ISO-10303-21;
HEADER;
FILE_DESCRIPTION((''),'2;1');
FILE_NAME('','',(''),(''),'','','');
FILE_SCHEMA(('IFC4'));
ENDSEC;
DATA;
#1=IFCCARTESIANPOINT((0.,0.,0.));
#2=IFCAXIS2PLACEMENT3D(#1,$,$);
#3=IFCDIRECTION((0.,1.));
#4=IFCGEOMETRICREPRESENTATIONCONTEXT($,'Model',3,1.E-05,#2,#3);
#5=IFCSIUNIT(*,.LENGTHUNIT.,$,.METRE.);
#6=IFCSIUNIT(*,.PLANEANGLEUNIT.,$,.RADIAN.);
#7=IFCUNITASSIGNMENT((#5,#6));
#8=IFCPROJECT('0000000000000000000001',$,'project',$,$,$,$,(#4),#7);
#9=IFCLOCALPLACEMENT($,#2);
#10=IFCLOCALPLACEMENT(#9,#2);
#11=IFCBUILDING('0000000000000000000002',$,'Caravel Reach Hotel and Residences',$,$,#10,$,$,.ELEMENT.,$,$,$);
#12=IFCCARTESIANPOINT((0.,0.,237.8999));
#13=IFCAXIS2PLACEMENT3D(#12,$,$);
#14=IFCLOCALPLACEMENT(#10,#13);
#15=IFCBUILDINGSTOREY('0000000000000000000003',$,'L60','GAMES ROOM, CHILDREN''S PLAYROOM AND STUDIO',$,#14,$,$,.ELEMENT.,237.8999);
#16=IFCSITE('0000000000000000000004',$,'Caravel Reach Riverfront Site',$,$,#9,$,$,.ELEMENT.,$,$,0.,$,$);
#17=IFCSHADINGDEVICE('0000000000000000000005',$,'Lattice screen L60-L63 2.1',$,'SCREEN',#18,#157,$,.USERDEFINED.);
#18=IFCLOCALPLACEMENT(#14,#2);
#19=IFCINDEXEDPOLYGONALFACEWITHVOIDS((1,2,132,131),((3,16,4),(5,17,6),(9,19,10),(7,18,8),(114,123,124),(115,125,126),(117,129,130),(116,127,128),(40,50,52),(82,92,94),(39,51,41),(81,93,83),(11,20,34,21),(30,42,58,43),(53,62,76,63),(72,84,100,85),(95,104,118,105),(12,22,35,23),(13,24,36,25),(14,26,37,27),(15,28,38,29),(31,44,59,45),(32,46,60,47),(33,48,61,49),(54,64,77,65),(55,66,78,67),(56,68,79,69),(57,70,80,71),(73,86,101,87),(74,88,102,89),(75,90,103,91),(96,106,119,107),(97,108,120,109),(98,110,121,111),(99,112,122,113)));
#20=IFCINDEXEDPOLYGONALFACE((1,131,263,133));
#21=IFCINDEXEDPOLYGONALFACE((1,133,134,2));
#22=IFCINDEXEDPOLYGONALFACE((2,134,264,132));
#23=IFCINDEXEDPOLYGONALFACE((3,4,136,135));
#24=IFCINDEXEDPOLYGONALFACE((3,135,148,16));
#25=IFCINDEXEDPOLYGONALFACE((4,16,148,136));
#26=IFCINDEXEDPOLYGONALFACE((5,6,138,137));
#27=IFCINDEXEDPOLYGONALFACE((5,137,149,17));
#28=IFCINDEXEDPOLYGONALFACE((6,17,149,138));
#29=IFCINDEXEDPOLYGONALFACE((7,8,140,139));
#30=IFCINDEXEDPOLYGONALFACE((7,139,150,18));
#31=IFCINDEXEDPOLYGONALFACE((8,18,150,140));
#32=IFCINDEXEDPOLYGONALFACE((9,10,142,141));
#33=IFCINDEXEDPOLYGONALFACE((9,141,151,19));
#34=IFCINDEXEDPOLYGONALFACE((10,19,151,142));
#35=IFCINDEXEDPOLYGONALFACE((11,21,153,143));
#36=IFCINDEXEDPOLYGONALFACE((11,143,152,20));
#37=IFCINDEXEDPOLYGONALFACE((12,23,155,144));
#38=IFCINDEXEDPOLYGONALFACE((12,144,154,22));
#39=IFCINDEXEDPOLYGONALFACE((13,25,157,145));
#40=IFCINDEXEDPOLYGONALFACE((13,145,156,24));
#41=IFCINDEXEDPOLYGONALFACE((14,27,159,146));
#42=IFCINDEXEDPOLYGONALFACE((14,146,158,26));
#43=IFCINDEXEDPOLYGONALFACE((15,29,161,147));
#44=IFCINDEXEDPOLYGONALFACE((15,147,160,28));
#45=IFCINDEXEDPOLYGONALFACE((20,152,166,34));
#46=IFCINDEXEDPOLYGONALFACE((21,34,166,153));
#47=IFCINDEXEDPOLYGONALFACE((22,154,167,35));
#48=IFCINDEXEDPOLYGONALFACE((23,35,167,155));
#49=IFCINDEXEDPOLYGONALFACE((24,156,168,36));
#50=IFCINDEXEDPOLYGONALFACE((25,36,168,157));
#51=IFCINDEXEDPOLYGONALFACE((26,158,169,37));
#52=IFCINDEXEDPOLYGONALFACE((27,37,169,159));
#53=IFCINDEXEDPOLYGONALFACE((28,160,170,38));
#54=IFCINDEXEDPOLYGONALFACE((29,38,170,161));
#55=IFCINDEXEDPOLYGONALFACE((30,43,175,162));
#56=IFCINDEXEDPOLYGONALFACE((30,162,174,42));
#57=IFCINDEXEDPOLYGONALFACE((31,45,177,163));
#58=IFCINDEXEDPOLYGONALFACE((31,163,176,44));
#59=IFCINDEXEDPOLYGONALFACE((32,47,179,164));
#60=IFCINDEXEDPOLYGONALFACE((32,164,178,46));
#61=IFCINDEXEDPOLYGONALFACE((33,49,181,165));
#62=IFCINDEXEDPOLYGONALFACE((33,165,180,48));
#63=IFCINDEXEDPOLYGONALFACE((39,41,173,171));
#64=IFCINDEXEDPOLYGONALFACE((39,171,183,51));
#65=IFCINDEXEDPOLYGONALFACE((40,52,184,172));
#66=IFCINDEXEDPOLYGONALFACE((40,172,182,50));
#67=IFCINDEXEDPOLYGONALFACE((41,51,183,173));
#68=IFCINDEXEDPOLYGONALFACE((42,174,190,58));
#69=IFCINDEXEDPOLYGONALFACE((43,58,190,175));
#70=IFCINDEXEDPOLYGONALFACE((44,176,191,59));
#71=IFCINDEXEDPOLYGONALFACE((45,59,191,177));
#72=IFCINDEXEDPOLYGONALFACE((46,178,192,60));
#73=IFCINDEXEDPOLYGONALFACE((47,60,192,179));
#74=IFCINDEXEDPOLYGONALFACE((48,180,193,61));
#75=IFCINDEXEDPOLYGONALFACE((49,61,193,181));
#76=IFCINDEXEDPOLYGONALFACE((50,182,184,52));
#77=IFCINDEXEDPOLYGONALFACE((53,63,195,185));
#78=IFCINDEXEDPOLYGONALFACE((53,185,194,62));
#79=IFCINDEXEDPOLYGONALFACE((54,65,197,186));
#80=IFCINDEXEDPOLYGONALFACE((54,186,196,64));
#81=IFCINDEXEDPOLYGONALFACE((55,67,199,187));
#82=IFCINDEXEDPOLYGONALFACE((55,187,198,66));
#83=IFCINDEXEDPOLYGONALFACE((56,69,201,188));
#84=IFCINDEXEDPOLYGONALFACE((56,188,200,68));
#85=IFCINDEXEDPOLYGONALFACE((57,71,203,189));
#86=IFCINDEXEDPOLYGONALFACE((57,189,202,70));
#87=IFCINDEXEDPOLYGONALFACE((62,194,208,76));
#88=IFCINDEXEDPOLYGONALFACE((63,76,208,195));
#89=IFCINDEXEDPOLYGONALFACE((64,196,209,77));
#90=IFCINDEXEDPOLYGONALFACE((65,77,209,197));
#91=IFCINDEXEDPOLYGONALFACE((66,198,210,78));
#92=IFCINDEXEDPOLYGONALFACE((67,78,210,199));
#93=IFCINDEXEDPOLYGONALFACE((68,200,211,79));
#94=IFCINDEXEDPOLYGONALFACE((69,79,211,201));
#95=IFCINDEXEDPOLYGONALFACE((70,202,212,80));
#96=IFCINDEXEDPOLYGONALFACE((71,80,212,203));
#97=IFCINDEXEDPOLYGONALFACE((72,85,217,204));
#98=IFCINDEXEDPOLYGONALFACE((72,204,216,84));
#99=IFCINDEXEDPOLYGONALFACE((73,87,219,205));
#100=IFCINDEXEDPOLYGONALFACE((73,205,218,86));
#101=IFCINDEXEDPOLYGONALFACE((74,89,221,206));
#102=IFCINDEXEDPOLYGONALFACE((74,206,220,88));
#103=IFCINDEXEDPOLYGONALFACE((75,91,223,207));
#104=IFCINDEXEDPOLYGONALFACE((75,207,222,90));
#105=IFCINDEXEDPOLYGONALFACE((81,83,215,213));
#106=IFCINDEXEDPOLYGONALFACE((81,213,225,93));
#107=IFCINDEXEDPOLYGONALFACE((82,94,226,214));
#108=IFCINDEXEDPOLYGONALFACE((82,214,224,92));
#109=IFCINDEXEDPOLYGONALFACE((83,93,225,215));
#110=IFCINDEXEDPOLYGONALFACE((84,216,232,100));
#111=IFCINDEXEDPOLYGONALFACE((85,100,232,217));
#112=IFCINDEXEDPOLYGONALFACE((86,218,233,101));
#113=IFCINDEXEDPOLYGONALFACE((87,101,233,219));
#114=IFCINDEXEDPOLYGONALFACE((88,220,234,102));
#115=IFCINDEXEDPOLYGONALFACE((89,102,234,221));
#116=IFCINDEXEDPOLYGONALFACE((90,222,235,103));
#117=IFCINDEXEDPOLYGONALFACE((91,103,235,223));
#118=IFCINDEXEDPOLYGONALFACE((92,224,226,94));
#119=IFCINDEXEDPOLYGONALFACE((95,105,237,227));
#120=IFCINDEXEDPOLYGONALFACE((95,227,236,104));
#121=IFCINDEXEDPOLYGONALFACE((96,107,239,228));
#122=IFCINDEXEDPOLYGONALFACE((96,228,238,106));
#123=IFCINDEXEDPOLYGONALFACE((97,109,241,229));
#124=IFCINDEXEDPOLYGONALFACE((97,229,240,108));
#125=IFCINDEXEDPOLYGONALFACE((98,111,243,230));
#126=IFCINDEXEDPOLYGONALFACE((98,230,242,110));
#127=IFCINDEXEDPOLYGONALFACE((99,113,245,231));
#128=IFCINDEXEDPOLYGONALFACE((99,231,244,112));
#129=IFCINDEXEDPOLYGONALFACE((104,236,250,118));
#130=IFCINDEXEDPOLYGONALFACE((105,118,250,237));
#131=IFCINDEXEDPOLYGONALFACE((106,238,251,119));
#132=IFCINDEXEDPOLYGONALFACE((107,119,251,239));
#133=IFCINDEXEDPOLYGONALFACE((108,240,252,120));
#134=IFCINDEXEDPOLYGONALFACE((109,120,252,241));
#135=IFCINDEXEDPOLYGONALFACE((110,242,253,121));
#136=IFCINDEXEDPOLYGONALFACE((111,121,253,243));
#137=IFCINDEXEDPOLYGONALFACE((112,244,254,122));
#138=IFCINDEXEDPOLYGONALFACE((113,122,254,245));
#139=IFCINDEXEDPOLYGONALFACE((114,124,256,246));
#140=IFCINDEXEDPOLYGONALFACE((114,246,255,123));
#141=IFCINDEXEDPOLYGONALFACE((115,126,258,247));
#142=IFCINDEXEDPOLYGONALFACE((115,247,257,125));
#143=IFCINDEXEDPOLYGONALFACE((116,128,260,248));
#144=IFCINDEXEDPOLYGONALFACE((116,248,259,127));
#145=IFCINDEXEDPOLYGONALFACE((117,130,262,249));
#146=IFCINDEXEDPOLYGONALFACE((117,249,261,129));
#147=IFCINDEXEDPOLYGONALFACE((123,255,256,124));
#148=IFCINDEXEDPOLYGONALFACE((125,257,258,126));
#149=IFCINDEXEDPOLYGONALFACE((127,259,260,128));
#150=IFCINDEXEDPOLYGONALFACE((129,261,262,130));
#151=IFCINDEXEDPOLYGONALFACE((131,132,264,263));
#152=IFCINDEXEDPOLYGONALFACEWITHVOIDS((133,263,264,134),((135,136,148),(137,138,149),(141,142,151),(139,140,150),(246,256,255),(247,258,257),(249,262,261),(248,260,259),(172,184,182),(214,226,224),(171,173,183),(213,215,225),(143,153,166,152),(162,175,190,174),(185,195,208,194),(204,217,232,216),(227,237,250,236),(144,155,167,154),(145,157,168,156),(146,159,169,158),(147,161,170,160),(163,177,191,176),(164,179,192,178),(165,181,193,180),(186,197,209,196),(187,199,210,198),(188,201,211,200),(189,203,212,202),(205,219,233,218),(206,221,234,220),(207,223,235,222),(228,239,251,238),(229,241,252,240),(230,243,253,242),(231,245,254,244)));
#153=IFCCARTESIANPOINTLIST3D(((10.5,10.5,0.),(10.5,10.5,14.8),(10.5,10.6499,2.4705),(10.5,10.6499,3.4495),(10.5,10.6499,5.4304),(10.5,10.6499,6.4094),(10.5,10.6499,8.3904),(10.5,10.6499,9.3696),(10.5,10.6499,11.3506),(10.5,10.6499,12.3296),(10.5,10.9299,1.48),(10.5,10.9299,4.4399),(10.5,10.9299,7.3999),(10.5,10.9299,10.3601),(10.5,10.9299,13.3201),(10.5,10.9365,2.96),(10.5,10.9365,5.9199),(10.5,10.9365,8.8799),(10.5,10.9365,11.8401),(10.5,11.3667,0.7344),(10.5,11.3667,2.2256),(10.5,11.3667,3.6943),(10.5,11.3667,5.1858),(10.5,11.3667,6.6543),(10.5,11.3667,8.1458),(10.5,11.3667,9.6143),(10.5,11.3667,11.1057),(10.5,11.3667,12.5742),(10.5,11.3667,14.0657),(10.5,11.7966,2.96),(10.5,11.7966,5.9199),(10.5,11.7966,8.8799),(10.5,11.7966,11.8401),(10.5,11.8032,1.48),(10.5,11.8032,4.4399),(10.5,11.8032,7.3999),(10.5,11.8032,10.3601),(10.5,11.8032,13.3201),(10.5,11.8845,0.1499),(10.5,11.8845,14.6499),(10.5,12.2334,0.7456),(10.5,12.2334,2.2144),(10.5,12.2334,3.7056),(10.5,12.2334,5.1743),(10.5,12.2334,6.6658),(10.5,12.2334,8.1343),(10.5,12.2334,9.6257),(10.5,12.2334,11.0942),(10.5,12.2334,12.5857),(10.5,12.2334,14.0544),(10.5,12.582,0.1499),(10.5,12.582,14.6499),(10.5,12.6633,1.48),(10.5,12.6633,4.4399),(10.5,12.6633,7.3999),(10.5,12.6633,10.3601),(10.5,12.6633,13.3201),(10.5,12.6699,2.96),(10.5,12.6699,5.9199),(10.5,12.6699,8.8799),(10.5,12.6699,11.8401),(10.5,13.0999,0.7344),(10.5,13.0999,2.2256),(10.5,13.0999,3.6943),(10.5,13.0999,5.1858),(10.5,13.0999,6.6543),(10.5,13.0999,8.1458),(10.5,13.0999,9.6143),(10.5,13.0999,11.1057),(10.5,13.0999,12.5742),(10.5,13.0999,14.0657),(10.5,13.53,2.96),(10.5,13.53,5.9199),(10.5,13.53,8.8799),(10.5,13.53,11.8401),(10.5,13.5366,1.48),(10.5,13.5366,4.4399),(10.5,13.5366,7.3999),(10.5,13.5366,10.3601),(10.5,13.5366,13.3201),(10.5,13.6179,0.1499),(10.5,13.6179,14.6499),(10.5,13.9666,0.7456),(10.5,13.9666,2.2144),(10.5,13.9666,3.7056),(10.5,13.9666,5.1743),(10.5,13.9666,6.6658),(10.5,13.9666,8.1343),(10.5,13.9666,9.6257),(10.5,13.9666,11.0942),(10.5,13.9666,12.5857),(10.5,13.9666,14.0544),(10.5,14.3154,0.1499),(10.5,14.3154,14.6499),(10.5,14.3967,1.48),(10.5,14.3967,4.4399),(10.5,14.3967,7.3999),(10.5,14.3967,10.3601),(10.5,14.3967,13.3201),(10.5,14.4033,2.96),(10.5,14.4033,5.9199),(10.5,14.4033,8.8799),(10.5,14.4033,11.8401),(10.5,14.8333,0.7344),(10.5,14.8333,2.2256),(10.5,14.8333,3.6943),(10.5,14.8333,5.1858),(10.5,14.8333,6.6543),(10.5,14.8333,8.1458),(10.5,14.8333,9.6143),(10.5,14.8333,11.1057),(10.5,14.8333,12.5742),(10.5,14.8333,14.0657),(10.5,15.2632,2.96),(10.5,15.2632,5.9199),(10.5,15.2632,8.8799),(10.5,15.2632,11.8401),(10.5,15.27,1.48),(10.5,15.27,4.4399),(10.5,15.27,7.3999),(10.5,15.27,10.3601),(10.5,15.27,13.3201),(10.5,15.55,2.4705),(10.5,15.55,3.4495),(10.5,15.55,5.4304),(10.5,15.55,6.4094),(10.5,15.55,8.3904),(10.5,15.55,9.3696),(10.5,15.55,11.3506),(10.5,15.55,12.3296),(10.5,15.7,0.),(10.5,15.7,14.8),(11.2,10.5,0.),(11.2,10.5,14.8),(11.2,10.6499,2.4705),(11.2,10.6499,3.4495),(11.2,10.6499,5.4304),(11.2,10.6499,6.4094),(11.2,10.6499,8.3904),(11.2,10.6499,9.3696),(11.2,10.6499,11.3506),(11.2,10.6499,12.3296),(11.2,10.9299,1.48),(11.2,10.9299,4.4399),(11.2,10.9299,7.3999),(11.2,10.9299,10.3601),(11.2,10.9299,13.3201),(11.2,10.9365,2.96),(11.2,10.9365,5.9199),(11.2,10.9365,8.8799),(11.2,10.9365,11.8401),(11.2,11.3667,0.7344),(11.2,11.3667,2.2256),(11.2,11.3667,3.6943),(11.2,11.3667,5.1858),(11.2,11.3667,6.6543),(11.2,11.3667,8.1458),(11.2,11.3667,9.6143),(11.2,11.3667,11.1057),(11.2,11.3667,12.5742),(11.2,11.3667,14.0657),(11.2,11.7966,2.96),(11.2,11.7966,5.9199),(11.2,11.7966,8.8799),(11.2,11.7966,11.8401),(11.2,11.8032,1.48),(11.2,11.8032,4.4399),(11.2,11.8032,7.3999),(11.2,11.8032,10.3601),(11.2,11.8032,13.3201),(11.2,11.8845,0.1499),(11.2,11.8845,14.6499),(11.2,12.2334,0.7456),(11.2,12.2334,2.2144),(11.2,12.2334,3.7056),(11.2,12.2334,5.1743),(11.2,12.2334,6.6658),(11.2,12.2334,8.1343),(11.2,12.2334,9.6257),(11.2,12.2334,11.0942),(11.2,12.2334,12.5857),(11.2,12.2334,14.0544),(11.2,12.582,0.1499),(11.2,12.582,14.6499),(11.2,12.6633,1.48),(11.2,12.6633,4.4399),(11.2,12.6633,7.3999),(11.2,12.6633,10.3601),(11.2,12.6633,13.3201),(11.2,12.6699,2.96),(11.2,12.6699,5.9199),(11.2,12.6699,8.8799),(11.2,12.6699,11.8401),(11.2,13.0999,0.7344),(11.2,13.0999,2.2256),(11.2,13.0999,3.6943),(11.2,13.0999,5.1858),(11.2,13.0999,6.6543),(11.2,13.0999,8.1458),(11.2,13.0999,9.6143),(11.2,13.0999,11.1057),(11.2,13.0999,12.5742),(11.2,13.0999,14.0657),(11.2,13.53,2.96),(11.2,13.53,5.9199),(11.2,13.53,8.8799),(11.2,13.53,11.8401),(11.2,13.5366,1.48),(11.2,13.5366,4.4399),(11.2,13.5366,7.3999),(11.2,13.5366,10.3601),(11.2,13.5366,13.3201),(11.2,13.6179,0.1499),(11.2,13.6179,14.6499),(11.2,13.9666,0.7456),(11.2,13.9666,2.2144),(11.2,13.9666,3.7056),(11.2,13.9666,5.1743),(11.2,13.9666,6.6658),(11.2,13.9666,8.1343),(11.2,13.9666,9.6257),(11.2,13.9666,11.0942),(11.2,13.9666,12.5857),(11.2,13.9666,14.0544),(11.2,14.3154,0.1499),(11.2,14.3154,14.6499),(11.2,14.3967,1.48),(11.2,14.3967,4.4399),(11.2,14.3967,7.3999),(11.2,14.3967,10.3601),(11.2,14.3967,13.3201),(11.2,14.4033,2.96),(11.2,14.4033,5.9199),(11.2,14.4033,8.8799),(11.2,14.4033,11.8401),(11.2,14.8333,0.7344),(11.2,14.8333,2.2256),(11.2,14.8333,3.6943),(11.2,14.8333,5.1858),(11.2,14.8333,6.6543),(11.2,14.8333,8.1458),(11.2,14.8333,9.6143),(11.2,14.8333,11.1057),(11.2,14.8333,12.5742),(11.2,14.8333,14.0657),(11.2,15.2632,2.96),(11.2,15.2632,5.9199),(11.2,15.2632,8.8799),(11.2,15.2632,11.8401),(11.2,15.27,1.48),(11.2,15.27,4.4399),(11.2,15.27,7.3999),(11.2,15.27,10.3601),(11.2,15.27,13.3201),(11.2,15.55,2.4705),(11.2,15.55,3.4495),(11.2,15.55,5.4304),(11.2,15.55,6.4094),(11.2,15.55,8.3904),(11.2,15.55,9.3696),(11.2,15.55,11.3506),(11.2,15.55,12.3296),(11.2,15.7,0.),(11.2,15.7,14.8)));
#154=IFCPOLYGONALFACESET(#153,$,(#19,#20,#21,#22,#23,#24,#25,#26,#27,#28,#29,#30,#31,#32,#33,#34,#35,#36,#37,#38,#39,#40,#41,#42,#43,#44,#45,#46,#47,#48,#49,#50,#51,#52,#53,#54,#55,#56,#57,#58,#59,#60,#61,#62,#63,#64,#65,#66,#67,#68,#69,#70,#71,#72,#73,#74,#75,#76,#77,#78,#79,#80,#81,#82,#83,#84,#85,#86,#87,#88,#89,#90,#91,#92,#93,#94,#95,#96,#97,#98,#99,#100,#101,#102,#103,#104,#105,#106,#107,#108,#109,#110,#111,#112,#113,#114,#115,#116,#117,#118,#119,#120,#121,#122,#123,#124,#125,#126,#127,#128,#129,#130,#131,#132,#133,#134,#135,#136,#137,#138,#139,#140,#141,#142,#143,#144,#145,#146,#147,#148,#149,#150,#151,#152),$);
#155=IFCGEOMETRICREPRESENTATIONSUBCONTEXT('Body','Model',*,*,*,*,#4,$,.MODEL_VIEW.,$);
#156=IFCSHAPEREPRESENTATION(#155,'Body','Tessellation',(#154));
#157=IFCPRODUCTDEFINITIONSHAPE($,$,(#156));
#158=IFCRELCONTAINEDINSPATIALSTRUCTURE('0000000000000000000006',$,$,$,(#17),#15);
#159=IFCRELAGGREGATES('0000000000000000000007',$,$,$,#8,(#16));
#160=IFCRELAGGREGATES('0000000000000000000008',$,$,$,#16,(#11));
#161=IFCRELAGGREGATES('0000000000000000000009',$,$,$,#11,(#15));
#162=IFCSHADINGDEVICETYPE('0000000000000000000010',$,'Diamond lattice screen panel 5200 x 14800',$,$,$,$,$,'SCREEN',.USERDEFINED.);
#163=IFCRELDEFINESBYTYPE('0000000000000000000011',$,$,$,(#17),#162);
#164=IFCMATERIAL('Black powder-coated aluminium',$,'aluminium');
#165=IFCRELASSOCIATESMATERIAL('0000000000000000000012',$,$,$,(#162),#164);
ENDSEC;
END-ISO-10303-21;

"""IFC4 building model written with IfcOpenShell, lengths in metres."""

from ifc_helpers import new_model, si_unit, direction, frame, origin, place, context, subcontext, project, spatial, polyline, outline, extrude, material, type_object, element, save


model = new_model("IFC4")

# Units and contexts
model_context = context("Model", 3, precision=1e-05, world=origin(), true_north=direction((0.0, 1.0)))
body_context = subcontext(model_context, "Body", "Model", "MODEL_VIEW")
ifc_project = project(units=[si_unit("LENGTHUNIT", "METRE"), si_unit("PLANEANGLEUNIT", "RADIAN")], contexts=[model_context])

# Site, building, storey
site_placement = place(None, origin())
site = spatial("IfcSite", under=ifc_project, at=site_placement, Name="Caravel Reach Riverfront Site", CompositionType="ELEMENT", RefElevation=0.0)
building_placement = place(site_placement, origin())
building = spatial("IfcBuilding", under=site, at=building_placement, Name="Caravel Reach Hotel and Residences", CompositionType="ELEMENT")
storey_placement = place(building_placement, frame((0.0, 0.0, 237.8999)))
storey = spatial("IfcBuildingStorey", under=building, at=storey_placement, Name="L60", Description="GAMES ROOM, CHILDREN'S PLAYROOM AND STUDIO", CompositionType="ELEMENT", Elevation=237.8999)

# Shading device
ifc_material_1 = material(Name="Black powder-coated aluminium", Category="aluminium")
shading_device_type_1 = type_object("IfcShadingDeviceType", Name="Diamond lattice screen panel 5200 x 14800", ElementType="SCREEN", PredefinedType="USERDEFINED", material=ifc_material_1)
shading_device_1_placement = place(storey_placement, frame((11.2, 15.7, 0.0), z_axis=(-1.0, 0.0, 0.0), x_axis=(0.0, -1.0, 0.0)))
element("IfcShadingDevice", 1, at=shading_device_1_placement, inside=storey, type_object=shading_device_type_1, Name="Lattice screen L60-L63 2.1", ObjectType="SCREEN", PredefinedType="USERDEFINED", context=body_context, shape_type="SweptSolid", body=[
    extrude(outline(polyline([(0.0, 0.0), (5.2, 0.0), (5.2, 14.8), (0.0, 14.8), (0.0, 0.0)]), holes=[polyline([(0.4368, 2.96), (0.1499, 3.4495), (0.1499, 2.4705), (0.4368, 2.96)]), polyline([(0.4368, 5.9199), (0.1499, 6.4094), (0.1499, 5.4304), (0.4368, 5.9199)]), polyline([(0.4368, 8.8799), (0.1499, 9.3696), (0.1499, 8.3904), (0.4368, 8.8799)]), polyline([(0.4368, 11.8401), (0.1499, 12.3296), (0.1499, 11.3506), (0.4368, 11.8401)]), polyline([(0.8667, 2.2256), (0.4299, 1.48), (0.8667, 0.7344), (1.3032, 1.48), (0.8667, 2.2256)]), polyline([(0.8667, 5.1858), (0.4299, 4.4399), (0.8667, 3.6943), (1.3032, 4.4399), (0.8667, 5.1858)]), polyline([(0.8667, 8.1458), (0.4299, 7.3999), (0.8667, 6.6543), (1.3032, 7.3999), (0.8667, 8.1458)]), polyline([(0.8667, 11.1057), (0.4299, 10.3601), (0.8667, 9.6143), (1.3032, 10.3601), (0.8667, 11.1057)]), polyline([(0.8667, 14.0657), (0.4299, 13.3201), (0.8667, 12.5742), (1.3032, 13.3201), (0.8667, 14.0657)]), polyline([(1.7334, 0.7456), (1.3845, 0.1499), (2.082, 0.1499), (1.7334, 0.7456)]), polyline([(1.7334, 3.7056), (1.2966, 2.96), (1.7334, 2.2144), (2.1699, 2.96), (1.7334, 3.7056)]), polyline([(1.7334, 6.6658), (1.2966, 5.9199), (1.7334, 5.1743), (2.1699, 5.9199), (1.7334, 6.6658)]), polyline([(1.7334, 9.6257), (1.2966, 8.8799), (1.7334, 8.1343), (2.1699, 8.8799), (1.7334, 9.6257)]), polyline([(1.7334, 12.5857), (1.2966, 11.8401), (1.7334, 11.0942), (2.1699, 11.8401), (1.7334, 12.5857)]), polyline([(1.7334, 14.0544), (2.082, 14.6499), (1.3845, 14.6499), (1.7334, 14.0544)]), polyline([(2.6001, 2.2256), (2.1633, 1.48), (2.6001, 0.7344), (3.0366, 1.48), (2.6001, 2.2256)]), polyline([(2.6001, 5.1858), (2.1633, 4.4399), (2.6001, 3.6943), (3.0366, 4.4399), (2.6001, 5.1858)]), polyline([(2.6001, 8.1458), (2.1633, 7.3999), (2.6001, 6.6543), (3.0366, 7.3999), (2.6001, 8.1458)]), polyline([(2.6001, 11.1057), (2.1633, 10.3601), (2.6001, 9.6143), (3.0366, 10.3601), (2.6001, 11.1057)]), polyline([(2.6001, 14.0657), (2.1633, 13.3201), (2.6001, 12.5742), (3.0366, 13.3201), (2.6001, 14.0657)]), polyline([(3.4666, 0.7456), (3.1179, 0.1499), (3.8154, 0.1499), (3.4666, 0.7456)]), polyline([(3.4666, 3.7056), (3.03, 2.96), (3.4666, 2.2144), (3.9033, 2.96), (3.4666, 3.7056)]), polyline([(3.4666, 6.6658), (3.03, 5.9199), (3.4666, 5.1743), (3.9033, 5.9199), (3.4666, 6.6658)]), polyline([(3.4666, 9.6257), (3.03, 8.8799), (3.4666, 8.1343), (3.9033, 8.8799), (3.4666, 9.6257)]), polyline([(3.4666, 12.5857), (3.03, 11.8401), (3.4666, 11.0942), (3.9033, 11.8401), (3.4666, 12.5857)]), polyline([(3.4666, 14.0544), (3.8154, 14.6499), (3.1179, 14.6499), (3.4666, 14.0544)]), polyline([(4.3333, 2.2256), (3.8967, 1.48), (4.3333, 0.7344), (4.77, 1.48), (4.3333, 2.2256)]), polyline([(4.3333, 5.1858), (3.8967, 4.4399), (4.3333, 3.6943), (4.77, 4.4399), (4.3333, 5.1858)]), polyline([(4.3333, 8.1458), (3.8967, 7.3999), (4.3333, 6.6543), (4.77, 7.3999), (4.3333, 8.1458)]), polyline([(4.3333, 11.1057), (3.8967, 10.3601), (4.3333, 9.6143), (4.77, 10.3601), (4.3333, 11.1057)]), polyline([(4.3333, 14.0657), (3.8967, 13.3201), (4.3333, 12.5742), (4.77, 13.3201), (4.3333, 14.0657)]), polyline([(4.7634, 2.96), (5.05, 2.4705), (5.05, 3.4495), (4.7634, 2.96)]), polyline([(4.7634, 5.9199), (5.05, 5.4304), (5.05, 6.4094), (4.7634, 5.9199)]), polyline([(4.7634, 8.8799), (5.05, 8.3904), (5.05, 9.3696), (4.7634, 8.8799)]), polyline([(4.7634, 11.8401), (5.05, 11.3506), (5.05, 12.3296), (4.7634, 11.8401)])]), origin(), (0.0, 0.0, 1.0), 0.7),
])

save(model, "model.ifc")
